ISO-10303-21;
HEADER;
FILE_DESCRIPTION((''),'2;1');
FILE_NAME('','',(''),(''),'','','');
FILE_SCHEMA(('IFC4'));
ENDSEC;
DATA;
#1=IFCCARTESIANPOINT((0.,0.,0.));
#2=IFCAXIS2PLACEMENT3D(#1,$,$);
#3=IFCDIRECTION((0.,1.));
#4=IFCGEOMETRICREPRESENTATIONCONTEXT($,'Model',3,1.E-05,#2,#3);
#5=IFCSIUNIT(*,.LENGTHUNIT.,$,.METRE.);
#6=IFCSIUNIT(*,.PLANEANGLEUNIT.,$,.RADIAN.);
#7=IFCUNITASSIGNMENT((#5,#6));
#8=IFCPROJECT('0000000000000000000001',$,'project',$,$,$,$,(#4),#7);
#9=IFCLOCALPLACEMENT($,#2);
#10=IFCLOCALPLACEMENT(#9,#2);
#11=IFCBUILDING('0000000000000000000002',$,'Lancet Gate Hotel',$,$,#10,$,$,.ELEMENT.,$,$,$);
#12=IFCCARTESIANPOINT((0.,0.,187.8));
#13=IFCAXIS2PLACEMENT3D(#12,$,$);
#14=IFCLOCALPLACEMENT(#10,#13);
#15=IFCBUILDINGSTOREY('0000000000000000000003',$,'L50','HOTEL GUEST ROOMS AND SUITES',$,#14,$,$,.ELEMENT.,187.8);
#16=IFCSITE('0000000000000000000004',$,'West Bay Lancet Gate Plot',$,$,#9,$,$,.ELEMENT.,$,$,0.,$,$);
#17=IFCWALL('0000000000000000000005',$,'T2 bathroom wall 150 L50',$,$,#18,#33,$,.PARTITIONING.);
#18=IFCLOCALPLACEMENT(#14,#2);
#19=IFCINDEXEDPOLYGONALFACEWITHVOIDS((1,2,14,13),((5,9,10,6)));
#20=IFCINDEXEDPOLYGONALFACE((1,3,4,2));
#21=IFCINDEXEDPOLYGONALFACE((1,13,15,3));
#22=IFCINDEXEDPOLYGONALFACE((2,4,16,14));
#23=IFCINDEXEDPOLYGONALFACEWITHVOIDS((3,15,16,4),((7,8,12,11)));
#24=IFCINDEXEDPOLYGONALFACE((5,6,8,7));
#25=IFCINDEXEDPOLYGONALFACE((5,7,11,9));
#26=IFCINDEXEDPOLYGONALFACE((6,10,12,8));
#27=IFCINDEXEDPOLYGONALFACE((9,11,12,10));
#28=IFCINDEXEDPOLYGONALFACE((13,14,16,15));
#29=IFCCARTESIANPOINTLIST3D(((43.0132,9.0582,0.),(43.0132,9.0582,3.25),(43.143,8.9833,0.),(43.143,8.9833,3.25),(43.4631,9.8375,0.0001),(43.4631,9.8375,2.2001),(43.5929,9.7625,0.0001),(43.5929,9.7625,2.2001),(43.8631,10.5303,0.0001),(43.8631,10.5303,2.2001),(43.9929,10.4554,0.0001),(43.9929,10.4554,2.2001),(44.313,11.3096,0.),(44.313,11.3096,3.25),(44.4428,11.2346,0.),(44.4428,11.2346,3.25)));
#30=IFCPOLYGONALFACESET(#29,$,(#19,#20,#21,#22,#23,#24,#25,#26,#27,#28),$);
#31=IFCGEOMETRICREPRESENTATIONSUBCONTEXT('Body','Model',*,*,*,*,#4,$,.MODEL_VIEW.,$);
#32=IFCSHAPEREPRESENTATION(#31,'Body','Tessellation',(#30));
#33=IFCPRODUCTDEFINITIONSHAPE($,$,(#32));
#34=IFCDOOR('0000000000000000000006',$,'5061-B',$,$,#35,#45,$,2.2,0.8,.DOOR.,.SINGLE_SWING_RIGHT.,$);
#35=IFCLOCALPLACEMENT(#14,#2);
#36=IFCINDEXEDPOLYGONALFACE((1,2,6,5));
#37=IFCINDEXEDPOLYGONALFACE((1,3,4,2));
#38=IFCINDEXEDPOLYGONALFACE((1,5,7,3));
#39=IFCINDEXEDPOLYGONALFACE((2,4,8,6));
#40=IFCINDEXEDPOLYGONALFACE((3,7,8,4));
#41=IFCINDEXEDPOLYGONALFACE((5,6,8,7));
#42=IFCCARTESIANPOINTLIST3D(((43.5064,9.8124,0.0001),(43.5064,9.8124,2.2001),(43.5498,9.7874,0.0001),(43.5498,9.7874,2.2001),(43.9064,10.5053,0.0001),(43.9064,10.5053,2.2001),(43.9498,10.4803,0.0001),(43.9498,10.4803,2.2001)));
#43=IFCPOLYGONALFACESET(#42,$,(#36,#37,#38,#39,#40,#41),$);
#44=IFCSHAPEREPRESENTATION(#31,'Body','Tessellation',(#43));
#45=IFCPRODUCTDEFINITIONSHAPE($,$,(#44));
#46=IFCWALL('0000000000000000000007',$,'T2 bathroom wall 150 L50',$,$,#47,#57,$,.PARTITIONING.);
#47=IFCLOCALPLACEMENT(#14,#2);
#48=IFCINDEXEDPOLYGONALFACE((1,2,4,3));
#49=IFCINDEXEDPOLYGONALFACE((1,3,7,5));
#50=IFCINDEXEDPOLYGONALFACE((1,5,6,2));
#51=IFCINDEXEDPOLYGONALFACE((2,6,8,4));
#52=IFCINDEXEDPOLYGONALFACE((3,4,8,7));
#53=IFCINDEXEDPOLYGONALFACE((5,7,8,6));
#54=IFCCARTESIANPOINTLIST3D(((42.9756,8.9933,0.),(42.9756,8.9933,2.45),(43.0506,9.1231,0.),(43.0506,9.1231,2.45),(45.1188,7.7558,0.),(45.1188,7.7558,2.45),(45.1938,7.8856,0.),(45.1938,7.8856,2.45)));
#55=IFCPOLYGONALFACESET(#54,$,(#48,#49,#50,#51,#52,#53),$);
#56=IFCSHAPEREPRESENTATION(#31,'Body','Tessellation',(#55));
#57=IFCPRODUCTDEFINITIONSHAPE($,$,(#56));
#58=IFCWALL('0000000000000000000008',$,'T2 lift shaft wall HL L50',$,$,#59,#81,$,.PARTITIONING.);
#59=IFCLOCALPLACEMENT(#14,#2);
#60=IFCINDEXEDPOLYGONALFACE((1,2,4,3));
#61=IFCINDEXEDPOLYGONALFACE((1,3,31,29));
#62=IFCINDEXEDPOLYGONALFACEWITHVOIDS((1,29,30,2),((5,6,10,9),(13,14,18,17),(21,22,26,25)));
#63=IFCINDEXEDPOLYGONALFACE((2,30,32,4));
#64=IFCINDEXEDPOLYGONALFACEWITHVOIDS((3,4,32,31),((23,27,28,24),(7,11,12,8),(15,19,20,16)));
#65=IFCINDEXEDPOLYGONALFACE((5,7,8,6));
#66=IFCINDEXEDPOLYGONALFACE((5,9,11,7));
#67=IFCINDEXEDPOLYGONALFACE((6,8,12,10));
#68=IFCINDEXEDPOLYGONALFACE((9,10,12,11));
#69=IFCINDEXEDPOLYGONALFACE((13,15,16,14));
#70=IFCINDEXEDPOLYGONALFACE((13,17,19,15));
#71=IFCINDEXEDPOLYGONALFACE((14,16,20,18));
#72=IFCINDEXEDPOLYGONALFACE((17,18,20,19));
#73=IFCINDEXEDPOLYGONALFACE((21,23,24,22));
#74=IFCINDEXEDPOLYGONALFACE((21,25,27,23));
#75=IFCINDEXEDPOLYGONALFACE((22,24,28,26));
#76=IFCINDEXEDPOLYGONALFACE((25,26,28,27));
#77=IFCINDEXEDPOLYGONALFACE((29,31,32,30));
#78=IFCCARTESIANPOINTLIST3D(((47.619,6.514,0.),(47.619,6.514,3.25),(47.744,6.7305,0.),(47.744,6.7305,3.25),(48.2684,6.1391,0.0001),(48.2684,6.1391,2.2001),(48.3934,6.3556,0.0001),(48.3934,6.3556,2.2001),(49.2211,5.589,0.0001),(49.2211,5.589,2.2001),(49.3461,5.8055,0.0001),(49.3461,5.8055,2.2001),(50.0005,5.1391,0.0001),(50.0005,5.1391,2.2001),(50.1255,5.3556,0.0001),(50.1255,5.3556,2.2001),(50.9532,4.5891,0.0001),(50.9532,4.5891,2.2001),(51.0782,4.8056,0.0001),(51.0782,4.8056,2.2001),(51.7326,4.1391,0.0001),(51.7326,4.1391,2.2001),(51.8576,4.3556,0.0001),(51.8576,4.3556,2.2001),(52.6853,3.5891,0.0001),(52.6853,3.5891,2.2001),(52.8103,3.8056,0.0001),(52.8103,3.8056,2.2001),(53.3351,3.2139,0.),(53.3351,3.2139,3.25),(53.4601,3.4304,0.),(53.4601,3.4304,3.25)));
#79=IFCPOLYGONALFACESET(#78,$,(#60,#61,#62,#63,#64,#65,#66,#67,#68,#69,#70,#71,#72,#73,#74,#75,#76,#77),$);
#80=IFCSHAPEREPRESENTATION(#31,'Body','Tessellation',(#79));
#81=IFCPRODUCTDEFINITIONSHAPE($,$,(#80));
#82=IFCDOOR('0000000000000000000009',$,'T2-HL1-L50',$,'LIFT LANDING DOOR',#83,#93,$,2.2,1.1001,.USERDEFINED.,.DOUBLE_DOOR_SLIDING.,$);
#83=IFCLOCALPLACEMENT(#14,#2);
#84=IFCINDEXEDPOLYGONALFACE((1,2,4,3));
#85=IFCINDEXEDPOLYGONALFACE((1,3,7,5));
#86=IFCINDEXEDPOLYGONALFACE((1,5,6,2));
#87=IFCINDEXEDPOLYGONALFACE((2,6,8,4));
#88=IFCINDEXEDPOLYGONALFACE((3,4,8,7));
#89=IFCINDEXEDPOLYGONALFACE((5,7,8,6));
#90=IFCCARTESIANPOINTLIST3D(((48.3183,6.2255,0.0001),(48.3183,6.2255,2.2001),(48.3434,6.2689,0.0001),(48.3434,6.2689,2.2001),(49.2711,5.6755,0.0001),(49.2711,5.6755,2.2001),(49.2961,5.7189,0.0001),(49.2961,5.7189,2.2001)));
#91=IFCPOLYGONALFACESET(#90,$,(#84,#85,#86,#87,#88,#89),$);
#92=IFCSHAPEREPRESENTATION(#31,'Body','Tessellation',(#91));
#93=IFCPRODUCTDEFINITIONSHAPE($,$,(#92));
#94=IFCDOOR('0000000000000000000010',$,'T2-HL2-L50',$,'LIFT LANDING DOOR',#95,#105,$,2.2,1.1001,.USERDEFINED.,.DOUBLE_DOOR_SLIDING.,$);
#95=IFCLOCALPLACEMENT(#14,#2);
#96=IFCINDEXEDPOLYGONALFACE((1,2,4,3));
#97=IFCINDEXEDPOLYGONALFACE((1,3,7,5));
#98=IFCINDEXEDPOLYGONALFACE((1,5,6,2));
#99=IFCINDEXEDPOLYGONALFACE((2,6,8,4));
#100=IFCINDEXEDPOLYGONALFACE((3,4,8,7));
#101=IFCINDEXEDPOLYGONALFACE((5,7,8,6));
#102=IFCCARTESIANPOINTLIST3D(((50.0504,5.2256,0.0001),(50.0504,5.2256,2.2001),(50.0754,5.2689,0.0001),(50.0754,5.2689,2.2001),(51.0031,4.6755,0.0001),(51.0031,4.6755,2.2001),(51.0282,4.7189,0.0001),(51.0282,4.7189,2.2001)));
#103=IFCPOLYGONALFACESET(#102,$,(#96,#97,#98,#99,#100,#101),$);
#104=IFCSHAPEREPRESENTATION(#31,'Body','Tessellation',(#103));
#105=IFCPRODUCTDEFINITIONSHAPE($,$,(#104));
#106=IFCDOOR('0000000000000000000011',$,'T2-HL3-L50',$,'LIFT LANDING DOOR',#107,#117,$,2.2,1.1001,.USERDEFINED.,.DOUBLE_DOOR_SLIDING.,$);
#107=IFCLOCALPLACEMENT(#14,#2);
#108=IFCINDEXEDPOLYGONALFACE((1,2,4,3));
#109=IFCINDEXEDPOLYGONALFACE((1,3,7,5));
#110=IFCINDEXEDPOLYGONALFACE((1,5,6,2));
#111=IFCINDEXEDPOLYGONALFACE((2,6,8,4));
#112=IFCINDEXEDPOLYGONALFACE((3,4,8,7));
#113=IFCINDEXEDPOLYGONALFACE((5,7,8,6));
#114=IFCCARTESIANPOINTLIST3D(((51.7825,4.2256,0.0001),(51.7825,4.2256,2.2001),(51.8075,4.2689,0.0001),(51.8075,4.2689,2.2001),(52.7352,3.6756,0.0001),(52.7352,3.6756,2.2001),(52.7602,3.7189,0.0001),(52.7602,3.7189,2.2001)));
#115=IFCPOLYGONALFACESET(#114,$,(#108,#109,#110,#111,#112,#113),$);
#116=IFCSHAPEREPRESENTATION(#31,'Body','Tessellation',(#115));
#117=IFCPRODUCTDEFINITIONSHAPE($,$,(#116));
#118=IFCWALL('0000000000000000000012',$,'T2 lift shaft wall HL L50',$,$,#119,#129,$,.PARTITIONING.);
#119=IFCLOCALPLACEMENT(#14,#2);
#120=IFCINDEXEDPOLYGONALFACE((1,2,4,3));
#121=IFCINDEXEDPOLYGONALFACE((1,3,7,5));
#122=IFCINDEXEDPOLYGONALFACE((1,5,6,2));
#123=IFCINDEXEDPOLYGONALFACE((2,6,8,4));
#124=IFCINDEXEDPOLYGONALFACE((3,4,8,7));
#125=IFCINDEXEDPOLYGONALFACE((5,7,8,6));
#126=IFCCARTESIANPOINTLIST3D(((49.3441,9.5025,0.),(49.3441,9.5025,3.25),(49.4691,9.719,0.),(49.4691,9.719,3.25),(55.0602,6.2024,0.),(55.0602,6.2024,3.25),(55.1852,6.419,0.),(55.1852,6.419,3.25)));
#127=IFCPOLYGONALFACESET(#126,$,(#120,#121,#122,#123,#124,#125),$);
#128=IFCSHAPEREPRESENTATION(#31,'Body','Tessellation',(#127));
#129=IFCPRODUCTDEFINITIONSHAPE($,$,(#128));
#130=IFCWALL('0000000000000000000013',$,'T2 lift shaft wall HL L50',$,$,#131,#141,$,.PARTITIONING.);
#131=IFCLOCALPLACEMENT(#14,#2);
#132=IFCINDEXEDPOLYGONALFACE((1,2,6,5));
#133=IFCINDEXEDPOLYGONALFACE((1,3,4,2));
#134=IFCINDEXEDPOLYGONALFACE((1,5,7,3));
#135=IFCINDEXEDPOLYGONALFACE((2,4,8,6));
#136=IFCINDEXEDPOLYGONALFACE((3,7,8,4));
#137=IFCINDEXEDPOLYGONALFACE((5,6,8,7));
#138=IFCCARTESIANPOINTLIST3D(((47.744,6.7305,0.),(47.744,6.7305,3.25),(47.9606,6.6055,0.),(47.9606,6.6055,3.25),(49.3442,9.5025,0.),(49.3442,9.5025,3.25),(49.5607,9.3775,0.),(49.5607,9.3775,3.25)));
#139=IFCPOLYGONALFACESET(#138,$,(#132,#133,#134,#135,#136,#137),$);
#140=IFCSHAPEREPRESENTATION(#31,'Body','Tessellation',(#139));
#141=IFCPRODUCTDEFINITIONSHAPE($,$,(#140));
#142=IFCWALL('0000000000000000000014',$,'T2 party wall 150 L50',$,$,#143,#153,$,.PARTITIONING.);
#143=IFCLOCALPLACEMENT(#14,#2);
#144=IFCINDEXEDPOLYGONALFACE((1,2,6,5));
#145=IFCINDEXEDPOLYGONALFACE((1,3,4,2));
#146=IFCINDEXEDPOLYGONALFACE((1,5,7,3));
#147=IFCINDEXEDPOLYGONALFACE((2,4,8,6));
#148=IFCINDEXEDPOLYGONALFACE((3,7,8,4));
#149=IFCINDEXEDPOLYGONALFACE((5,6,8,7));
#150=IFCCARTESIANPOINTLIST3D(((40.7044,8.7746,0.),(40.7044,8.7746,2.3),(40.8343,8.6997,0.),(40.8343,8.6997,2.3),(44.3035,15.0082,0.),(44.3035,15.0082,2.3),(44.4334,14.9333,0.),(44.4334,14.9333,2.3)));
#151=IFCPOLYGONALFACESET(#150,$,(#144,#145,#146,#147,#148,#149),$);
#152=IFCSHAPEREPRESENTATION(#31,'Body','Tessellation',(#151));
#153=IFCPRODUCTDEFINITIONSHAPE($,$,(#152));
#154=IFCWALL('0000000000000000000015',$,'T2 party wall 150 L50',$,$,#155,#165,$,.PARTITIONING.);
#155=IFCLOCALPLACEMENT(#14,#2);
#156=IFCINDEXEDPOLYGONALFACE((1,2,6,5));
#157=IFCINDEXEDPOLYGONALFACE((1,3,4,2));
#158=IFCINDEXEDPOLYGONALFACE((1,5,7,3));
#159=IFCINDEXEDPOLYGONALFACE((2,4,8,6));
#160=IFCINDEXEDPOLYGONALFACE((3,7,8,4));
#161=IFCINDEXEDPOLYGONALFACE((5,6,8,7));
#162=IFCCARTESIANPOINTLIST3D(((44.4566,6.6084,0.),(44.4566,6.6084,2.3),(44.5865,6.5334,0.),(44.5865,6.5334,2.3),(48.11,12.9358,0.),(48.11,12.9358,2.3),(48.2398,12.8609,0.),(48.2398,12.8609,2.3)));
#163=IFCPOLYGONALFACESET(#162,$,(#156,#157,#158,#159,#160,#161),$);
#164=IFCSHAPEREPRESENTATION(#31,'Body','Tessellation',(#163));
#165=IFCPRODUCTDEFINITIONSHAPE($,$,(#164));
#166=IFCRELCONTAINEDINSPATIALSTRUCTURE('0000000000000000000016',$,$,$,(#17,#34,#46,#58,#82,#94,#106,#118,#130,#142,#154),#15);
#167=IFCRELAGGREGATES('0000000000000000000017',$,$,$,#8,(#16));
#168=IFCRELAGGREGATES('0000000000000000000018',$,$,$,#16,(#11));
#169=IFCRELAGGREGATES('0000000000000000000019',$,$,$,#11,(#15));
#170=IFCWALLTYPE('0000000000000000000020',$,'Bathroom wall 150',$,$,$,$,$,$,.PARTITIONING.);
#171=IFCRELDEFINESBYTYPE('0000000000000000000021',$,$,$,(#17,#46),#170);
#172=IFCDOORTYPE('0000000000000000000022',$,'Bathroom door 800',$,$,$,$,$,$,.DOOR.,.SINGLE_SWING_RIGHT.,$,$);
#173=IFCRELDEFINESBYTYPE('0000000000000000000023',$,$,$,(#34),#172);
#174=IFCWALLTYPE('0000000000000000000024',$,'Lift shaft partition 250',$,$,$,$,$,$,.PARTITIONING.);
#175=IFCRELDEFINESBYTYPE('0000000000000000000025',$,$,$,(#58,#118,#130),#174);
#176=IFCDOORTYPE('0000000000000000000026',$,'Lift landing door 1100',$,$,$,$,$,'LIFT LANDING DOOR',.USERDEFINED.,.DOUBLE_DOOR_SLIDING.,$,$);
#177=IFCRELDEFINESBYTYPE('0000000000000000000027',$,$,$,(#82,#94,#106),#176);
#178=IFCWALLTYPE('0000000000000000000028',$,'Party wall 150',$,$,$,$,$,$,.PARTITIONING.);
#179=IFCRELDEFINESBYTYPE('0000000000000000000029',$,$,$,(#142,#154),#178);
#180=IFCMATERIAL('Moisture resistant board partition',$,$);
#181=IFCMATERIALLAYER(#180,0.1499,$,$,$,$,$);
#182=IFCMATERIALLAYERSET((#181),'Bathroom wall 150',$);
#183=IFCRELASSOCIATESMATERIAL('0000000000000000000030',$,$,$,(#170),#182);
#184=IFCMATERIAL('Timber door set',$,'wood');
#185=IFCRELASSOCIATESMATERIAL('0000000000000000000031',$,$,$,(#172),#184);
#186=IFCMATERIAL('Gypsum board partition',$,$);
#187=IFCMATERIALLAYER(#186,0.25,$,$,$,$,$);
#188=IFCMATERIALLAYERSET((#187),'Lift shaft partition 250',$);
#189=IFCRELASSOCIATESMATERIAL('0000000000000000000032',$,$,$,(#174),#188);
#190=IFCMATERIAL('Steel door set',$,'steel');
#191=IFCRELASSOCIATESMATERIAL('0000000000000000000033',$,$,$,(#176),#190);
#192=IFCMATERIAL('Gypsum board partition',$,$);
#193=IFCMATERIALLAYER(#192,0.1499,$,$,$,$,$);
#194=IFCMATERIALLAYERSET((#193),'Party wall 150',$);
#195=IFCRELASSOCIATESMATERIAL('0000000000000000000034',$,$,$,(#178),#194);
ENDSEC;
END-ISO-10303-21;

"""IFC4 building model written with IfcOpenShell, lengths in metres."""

from ifc_helpers import new_model, si_unit, direction, frame, frame_2d, origin, place, context, subcontext, project, spatial, rectangle, extrude, material, layer, layer_set, type_object, element, fill, save


model = new_model("IFC4")

# Units and contexts
model_context = context("Model", 3, precision=1e-05, world=origin(), true_north=direction((0.0, 1.0)))
body_context = subcontext(model_context, "Body", "Model", "MODEL_VIEW")
ifc_project = project(units=[si_unit("LENGTHUNIT", "METRE"), si_unit("PLANEANGLEUNIT", "RADIAN")], contexts=[model_context])

# Site, building, storey
site_placement = place(None, origin())
site = spatial("IfcSite", under=ifc_project, at=site_placement, Name="West Bay Lancet Gate Plot", CompositionType="ELEMENT", RefElevation=0.0)
building_placement = place(site_placement, origin())
building = spatial("IfcBuilding", under=site, at=building_placement, Name="Lancet Gate Hotel", CompositionType="ELEMENT")
storey_placement = place(building_placement, frame((0.0, 0.0, 187.8)))
storey = spatial("IfcBuildingStorey", under=building, at=storey_placement, Name="L50", Description="HOTEL GUEST ROOMS AND SUITES", CompositionType="ELEMENT", Elevation=187.8)

# Shared definitions
ifc_material_1 = material(Name="Moisture resistant board partition")
ifc_layer_1 = layer(ifc_material_1, 0.1499)
ifc_layer_set_1 = layer_set([ifc_layer_1], Name="Bathroom wall 150")
wall_type_1 = type_object("IfcWallType", Name="Bathroom wall 150", PredefinedType="PARTITIONING", material=ifc_layer_set_1)

# Wall, opening, door
wall_1_placement = place(storey_placement, frame((43.0781, 9.0208, 0.0), z_axis=(0.0, 0.0, 1.0), x_axis=(0.499977, 0.866039, 0.0)))
wall_1 = element("IfcWall", 1, at=wall_1_placement, inside=storey, type_object=wall_type_1, Name="T2 bathroom wall 150 L50", PredefinedType="PARTITIONING", context=body_context, shape_type="SweptSolid", body=[
    extrude(rectangle(XDim=2.5996, YDim=0.1499, at=frame_2d((1.2998, 0.0))), origin(), (0.0, 0.0, 1.0), 3.25),
])
opening_1_placement = place(wall_1_placement, frame((0.8999, 0.0, 0.0)))
opening_1 = element("IfcOpeningElement", 2, at=opening_1_placement, cuts=wall_1, PredefinedType="OPENING", context=body_context, shape_type="SweptSolid", body=[
    extrude(rectangle(XDim=0.8, YDim=2.2, at=frame_2d((0.3999, 1.1001))), frame((0.0, 0.085, 0.0), z_axis=(0.0, -1.0, 0.0), x_axis=(1.0, 0.0, 0.0)), (0.0, 0.0, 1.0), 0.1699),
])
ifc_material_2 = material(Name="Timber door set", Category="wood")
door_type_1 = type_object("IfcDoorType", Name="Bathroom door 800", OperationType="SINGLE_SWING_RIGHT", PredefinedType="DOOR", material=ifc_material_2)
door_1_placement = place(opening_1_placement, origin())
door_1 = element("IfcDoor", 3, at=door_1_placement, inside=storey, type_object=door_type_1, Name="5061-B", OperationType="SINGLE_SWING_RIGHT", OverallHeight=2.2, OverallWidth=0.8, PredefinedType="DOOR", context=body_context, shape_type="SweptSolid", body=[
    extrude(rectangle(XDim=0.8, YDim=2.2, at=frame_2d((0.3999, 1.1001))), frame((0.0, 0.0249, 0.0), z_axis=(0.0, -1.0, 0.0), x_axis=(1.0, 0.0, 0.0)), (0.0, 0.0, 1.0), 0.05),
])
fill(opening_1, door_1)

# Wall
wall_2_placement = place(storey_placement, frame((43.0132, 9.0581, 0.0), z_axis=(0.0, 0.0, 1.0), x_axis=(0.866007, -0.500033, 0.0)))
element("IfcWall", 4, at=wall_2_placement, inside=storey, type_object=wall_type_1, Name="T2 bathroom wall 150 L50", PredefinedType="PARTITIONING", context=body_context, shape_type="SweptSolid", body=[
    extrude(rectangle(XDim=2.4749, YDim=0.1499, at=frame_2d((1.2373, 0.0))), origin(), (0.0, 0.0, 1.0), 2.45),
])

# Wall, openings, doors
ifc_material_3 = material(Name="Gypsum board partition")
ifc_layer_2 = layer(ifc_material_3, 0.25)
ifc_layer_set_2 = layer_set([ifc_layer_2], Name="Lift shaft partition 250")
wall_type_2 = type_object("IfcWallType", Name="Lift shaft partition 250", PredefinedType="PARTITIONING", material=ifc_layer_set_2)
wall_3_placement = place(storey_placement, frame((47.6814, 6.6223, 0.0), z_axis=(0.0, 0.0, 1.0), x_axis=(0.866033, -0.499986, 0.0)))
wall_3 = element("IfcWall", 5, at=wall_3_placement, inside=storey, type_object=wall_type_2, Name="T2 lift shaft wall HL L50", PredefinedType="PARTITIONING", context=body_context, shape_type="SweptSolid", body=[
    extrude(rectangle(XDim=6.6003, YDim=0.25, at=frame_2d((3.3003, 0.0))), origin(), (0.0, 0.0, 1.0), 3.25),
])
opening_2_placement = place(wall_3_placement, frame((0.75, 0.0, 0.0)))
opening_2 = element("IfcOpeningElement", 6, at=opening_2_placement, cuts=wall_3, PredefinedType="OPENING", context=body_context, shape_type="SweptSolid", body=[
    extrude(rectangle(XDim=1.1001, YDim=2.2, at=frame_2d((0.55, 1.1001))), frame((0.0, 0.135, 0.0), z_axis=(0.0, -1.0, 0.0), x_axis=(1.0, 0.0, 0.0)), (0.0, 0.0, 1.0), 0.27),
])
opening_3_placement = place(wall_3_placement, frame((2.75, 0.0, 0.0)))
opening_3 = element("IfcOpeningElement", 7, at=opening_3_placement, cuts=wall_3, PredefinedType="OPENING", context=body_context, shape_type="SweptSolid", body=[
    extrude(rectangle(XDim=1.1001, YDim=2.2, at=frame_2d((0.55, 1.1001))), frame((0.0, 0.135, 0.0), z_axis=(0.0, -1.0, 0.0), x_axis=(1.0, 0.0, 0.0)), (0.0, 0.0, 1.0), 0.27),
])
opening_4_placement = place(wall_3_placement, frame((4.75, 0.0, 0.0)))
opening_4 = element("IfcOpeningElement", 8, at=opening_4_placement, cuts=wall_3, PredefinedType="OPENING", context=body_context, shape_type="SweptSolid", body=[
    extrude(rectangle(XDim=1.1001, YDim=2.2, at=frame_2d((0.55, 1.1001))), frame((0.0, 0.135, 0.0), z_axis=(0.0, -1.0, 0.0), x_axis=(1.0, 0.0, 0.0)), (0.0, 0.0, 1.0), 0.27),
])
ifc_material_4 = material(Name="Steel door set", Category="steel")
door_type_2 = type_object("IfcDoorType", Name="Lift landing door 1100", ElementType="LIFT LANDING DOOR", OperationType="DOUBLE_DOOR_SLIDING", PredefinedType="USERDEFINED", material=ifc_material_4)
door_2_placement = place(opening_2_placement, origin())
door_2 = element("IfcDoor", 9, at=door_2_placement, inside=storey, type_object=door_type_2, Name="T2-HL1-L50", ObjectType="LIFT LANDING DOOR", OperationType="DOUBLE_DOOR_SLIDING", OverallHeight=2.2, OverallWidth=1.1001, PredefinedType="USERDEFINED", context=body_context, shape_type="SweptSolid", body=[
    extrude(rectangle(XDim=1.1001, YDim=2.2, at=frame_2d((0.55, 1.1001))), frame((0.0, 0.0249, 0.0), z_axis=(0.0, -1.0, 0.0), x_axis=(1.0, 0.0, 0.0)), (0.0, 0.0, 1.0), 0.05),
])
fill(opening_2, door_2)
door_3_placement = place(opening_3_placement, origin())
door_3 = element("IfcDoor", 10, at=door_3_placement, inside=storey, type_object=door_type_2, Name="T2-HL2-L50", ObjectType="LIFT LANDING DOOR", OperationType="DOUBLE_DOOR_SLIDING", OverallHeight=2.2, OverallWidth=1.1001, PredefinedType="USERDEFINED", context=body_context, shape_type="SweptSolid", body=[
    extrude(rectangle(XDim=1.1001, YDim=2.2, at=frame_2d((0.55, 1.1001))), frame((0.0, 0.0249, 0.0), z_axis=(0.0, -1.0, 0.0), x_axis=(1.0, 0.0, 0.0)), (0.0, 0.0, 1.0), 0.05),
])
fill(opening_3, door_3)
door_4_placement = place(opening_4_placement, origin())
door_4 = element("IfcDoor", 11, at=door_4_placement, inside=storey, type_object=door_type_2, Name="T2-HL3-L50", ObjectType="LIFT LANDING DOOR", OperationType="DOUBLE_DOOR_SLIDING", OverallHeight=2.2, OverallWidth=1.1001, PredefinedType="USERDEFINED", context=body_context, shape_type="SweptSolid", body=[
    extrude(rectangle(XDim=1.1001, YDim=2.2, at=frame_2d((0.55, 1.1001))), frame((0.0, 0.0249, 0.0), z_axis=(0.0, -1.0, 0.0), x_axis=(1.0, 0.0, 0.0)), (0.0, 0.0, 1.0), 0.05),
])
fill(opening_4, door_4)

# Walls
wall_4_placement = place(storey_placement, frame((49.4065, 9.6108, 0.0), z_axis=(0.0, 0.0, 1.0), x_axis=(0.866033, -0.499986, 0.0)))
element("IfcWall", 12, at=wall_4_placement, inside=storey, type_object=wall_type_2, Name="T2 lift shaft wall HL L50", PredefinedType="PARTITIONING", context=body_context, shape_type="SweptSolid", body=[
    extrude(rectangle(XDim=6.6003, YDim=0.25, at=frame_2d((3.3003, 0.0))), origin(), (0.0, 0.0, 1.0), 3.25),
])
wall_5_placement = place(storey_placement, frame((47.8523, 6.668, 0.0), z_axis=(0.0, 0.0, 1.0), x_axis=(0.499929, 0.866066, 0.0)))
element("IfcWall", 13, at=wall_5_placement, inside=storey, type_object=wall_type_2, Name="T2 lift shaft wall HL L50", PredefinedType="PARTITIONING", context=body_context, shape_type="SweptSolid", body=[
    extrude(rectangle(XDim=3.2007, YDim=0.25, at=frame_2d((1.6003, 0.0))), origin(), (0.0, 0.0, 1.0), 3.25),
])
ifc_material_5 = material(Name="Gypsum board partition")
ifc_layer_3 = layer(ifc_material_5, 0.1499)
ifc_layer_set_3 = layer_set([ifc_layer_3], Name="Party wall 150")
wall_type_3 = type_object("IfcWallType", Name="Party wall 150", PredefinedType="PARTITIONING", material=ifc_layer_set_3)
wall_6_placement = place(storey_placement, frame((40.7693, 8.7371, 0.0), z_axis=(0.0, 0.0, 1.0), x_axis=(0.500013, 0.866018, 0.0)))
element("IfcWall", 14, at=wall_6_placement, inside=storey, type_object=wall_type_3, Name="T2 party wall 150 L50", PredefinedType="PARTITIONING", context=body_context, shape_type="SweptSolid", body=[
    extrude(rectangle(XDim=7.198, YDim=0.1499, at=frame_2d((3.5991, 0.0))), origin(), (0.0, 0.0, 1.0), 2.3),
])
wall_7_placement = place(storey_placement, frame((44.5215, 6.5708, 0.0), z_axis=(0.0, 0.0, 1.0), x_axis=(0.50002, 0.866014, 0.0)))
element("IfcWall", 15, at=wall_7_placement, inside=storey, type_object=wall_type_3, Name="T2 party wall 150 L50", PredefinedType="PARTITIONING", context=body_context, shape_type="SweptSolid", body=[
    extrude(rectangle(XDim=7.3064, YDim=0.1499, at=frame_2d((3.6533, 0.0))), origin(), (0.0, 0.0, 1.0), 2.3),
])

save(model, "model.ifc")
